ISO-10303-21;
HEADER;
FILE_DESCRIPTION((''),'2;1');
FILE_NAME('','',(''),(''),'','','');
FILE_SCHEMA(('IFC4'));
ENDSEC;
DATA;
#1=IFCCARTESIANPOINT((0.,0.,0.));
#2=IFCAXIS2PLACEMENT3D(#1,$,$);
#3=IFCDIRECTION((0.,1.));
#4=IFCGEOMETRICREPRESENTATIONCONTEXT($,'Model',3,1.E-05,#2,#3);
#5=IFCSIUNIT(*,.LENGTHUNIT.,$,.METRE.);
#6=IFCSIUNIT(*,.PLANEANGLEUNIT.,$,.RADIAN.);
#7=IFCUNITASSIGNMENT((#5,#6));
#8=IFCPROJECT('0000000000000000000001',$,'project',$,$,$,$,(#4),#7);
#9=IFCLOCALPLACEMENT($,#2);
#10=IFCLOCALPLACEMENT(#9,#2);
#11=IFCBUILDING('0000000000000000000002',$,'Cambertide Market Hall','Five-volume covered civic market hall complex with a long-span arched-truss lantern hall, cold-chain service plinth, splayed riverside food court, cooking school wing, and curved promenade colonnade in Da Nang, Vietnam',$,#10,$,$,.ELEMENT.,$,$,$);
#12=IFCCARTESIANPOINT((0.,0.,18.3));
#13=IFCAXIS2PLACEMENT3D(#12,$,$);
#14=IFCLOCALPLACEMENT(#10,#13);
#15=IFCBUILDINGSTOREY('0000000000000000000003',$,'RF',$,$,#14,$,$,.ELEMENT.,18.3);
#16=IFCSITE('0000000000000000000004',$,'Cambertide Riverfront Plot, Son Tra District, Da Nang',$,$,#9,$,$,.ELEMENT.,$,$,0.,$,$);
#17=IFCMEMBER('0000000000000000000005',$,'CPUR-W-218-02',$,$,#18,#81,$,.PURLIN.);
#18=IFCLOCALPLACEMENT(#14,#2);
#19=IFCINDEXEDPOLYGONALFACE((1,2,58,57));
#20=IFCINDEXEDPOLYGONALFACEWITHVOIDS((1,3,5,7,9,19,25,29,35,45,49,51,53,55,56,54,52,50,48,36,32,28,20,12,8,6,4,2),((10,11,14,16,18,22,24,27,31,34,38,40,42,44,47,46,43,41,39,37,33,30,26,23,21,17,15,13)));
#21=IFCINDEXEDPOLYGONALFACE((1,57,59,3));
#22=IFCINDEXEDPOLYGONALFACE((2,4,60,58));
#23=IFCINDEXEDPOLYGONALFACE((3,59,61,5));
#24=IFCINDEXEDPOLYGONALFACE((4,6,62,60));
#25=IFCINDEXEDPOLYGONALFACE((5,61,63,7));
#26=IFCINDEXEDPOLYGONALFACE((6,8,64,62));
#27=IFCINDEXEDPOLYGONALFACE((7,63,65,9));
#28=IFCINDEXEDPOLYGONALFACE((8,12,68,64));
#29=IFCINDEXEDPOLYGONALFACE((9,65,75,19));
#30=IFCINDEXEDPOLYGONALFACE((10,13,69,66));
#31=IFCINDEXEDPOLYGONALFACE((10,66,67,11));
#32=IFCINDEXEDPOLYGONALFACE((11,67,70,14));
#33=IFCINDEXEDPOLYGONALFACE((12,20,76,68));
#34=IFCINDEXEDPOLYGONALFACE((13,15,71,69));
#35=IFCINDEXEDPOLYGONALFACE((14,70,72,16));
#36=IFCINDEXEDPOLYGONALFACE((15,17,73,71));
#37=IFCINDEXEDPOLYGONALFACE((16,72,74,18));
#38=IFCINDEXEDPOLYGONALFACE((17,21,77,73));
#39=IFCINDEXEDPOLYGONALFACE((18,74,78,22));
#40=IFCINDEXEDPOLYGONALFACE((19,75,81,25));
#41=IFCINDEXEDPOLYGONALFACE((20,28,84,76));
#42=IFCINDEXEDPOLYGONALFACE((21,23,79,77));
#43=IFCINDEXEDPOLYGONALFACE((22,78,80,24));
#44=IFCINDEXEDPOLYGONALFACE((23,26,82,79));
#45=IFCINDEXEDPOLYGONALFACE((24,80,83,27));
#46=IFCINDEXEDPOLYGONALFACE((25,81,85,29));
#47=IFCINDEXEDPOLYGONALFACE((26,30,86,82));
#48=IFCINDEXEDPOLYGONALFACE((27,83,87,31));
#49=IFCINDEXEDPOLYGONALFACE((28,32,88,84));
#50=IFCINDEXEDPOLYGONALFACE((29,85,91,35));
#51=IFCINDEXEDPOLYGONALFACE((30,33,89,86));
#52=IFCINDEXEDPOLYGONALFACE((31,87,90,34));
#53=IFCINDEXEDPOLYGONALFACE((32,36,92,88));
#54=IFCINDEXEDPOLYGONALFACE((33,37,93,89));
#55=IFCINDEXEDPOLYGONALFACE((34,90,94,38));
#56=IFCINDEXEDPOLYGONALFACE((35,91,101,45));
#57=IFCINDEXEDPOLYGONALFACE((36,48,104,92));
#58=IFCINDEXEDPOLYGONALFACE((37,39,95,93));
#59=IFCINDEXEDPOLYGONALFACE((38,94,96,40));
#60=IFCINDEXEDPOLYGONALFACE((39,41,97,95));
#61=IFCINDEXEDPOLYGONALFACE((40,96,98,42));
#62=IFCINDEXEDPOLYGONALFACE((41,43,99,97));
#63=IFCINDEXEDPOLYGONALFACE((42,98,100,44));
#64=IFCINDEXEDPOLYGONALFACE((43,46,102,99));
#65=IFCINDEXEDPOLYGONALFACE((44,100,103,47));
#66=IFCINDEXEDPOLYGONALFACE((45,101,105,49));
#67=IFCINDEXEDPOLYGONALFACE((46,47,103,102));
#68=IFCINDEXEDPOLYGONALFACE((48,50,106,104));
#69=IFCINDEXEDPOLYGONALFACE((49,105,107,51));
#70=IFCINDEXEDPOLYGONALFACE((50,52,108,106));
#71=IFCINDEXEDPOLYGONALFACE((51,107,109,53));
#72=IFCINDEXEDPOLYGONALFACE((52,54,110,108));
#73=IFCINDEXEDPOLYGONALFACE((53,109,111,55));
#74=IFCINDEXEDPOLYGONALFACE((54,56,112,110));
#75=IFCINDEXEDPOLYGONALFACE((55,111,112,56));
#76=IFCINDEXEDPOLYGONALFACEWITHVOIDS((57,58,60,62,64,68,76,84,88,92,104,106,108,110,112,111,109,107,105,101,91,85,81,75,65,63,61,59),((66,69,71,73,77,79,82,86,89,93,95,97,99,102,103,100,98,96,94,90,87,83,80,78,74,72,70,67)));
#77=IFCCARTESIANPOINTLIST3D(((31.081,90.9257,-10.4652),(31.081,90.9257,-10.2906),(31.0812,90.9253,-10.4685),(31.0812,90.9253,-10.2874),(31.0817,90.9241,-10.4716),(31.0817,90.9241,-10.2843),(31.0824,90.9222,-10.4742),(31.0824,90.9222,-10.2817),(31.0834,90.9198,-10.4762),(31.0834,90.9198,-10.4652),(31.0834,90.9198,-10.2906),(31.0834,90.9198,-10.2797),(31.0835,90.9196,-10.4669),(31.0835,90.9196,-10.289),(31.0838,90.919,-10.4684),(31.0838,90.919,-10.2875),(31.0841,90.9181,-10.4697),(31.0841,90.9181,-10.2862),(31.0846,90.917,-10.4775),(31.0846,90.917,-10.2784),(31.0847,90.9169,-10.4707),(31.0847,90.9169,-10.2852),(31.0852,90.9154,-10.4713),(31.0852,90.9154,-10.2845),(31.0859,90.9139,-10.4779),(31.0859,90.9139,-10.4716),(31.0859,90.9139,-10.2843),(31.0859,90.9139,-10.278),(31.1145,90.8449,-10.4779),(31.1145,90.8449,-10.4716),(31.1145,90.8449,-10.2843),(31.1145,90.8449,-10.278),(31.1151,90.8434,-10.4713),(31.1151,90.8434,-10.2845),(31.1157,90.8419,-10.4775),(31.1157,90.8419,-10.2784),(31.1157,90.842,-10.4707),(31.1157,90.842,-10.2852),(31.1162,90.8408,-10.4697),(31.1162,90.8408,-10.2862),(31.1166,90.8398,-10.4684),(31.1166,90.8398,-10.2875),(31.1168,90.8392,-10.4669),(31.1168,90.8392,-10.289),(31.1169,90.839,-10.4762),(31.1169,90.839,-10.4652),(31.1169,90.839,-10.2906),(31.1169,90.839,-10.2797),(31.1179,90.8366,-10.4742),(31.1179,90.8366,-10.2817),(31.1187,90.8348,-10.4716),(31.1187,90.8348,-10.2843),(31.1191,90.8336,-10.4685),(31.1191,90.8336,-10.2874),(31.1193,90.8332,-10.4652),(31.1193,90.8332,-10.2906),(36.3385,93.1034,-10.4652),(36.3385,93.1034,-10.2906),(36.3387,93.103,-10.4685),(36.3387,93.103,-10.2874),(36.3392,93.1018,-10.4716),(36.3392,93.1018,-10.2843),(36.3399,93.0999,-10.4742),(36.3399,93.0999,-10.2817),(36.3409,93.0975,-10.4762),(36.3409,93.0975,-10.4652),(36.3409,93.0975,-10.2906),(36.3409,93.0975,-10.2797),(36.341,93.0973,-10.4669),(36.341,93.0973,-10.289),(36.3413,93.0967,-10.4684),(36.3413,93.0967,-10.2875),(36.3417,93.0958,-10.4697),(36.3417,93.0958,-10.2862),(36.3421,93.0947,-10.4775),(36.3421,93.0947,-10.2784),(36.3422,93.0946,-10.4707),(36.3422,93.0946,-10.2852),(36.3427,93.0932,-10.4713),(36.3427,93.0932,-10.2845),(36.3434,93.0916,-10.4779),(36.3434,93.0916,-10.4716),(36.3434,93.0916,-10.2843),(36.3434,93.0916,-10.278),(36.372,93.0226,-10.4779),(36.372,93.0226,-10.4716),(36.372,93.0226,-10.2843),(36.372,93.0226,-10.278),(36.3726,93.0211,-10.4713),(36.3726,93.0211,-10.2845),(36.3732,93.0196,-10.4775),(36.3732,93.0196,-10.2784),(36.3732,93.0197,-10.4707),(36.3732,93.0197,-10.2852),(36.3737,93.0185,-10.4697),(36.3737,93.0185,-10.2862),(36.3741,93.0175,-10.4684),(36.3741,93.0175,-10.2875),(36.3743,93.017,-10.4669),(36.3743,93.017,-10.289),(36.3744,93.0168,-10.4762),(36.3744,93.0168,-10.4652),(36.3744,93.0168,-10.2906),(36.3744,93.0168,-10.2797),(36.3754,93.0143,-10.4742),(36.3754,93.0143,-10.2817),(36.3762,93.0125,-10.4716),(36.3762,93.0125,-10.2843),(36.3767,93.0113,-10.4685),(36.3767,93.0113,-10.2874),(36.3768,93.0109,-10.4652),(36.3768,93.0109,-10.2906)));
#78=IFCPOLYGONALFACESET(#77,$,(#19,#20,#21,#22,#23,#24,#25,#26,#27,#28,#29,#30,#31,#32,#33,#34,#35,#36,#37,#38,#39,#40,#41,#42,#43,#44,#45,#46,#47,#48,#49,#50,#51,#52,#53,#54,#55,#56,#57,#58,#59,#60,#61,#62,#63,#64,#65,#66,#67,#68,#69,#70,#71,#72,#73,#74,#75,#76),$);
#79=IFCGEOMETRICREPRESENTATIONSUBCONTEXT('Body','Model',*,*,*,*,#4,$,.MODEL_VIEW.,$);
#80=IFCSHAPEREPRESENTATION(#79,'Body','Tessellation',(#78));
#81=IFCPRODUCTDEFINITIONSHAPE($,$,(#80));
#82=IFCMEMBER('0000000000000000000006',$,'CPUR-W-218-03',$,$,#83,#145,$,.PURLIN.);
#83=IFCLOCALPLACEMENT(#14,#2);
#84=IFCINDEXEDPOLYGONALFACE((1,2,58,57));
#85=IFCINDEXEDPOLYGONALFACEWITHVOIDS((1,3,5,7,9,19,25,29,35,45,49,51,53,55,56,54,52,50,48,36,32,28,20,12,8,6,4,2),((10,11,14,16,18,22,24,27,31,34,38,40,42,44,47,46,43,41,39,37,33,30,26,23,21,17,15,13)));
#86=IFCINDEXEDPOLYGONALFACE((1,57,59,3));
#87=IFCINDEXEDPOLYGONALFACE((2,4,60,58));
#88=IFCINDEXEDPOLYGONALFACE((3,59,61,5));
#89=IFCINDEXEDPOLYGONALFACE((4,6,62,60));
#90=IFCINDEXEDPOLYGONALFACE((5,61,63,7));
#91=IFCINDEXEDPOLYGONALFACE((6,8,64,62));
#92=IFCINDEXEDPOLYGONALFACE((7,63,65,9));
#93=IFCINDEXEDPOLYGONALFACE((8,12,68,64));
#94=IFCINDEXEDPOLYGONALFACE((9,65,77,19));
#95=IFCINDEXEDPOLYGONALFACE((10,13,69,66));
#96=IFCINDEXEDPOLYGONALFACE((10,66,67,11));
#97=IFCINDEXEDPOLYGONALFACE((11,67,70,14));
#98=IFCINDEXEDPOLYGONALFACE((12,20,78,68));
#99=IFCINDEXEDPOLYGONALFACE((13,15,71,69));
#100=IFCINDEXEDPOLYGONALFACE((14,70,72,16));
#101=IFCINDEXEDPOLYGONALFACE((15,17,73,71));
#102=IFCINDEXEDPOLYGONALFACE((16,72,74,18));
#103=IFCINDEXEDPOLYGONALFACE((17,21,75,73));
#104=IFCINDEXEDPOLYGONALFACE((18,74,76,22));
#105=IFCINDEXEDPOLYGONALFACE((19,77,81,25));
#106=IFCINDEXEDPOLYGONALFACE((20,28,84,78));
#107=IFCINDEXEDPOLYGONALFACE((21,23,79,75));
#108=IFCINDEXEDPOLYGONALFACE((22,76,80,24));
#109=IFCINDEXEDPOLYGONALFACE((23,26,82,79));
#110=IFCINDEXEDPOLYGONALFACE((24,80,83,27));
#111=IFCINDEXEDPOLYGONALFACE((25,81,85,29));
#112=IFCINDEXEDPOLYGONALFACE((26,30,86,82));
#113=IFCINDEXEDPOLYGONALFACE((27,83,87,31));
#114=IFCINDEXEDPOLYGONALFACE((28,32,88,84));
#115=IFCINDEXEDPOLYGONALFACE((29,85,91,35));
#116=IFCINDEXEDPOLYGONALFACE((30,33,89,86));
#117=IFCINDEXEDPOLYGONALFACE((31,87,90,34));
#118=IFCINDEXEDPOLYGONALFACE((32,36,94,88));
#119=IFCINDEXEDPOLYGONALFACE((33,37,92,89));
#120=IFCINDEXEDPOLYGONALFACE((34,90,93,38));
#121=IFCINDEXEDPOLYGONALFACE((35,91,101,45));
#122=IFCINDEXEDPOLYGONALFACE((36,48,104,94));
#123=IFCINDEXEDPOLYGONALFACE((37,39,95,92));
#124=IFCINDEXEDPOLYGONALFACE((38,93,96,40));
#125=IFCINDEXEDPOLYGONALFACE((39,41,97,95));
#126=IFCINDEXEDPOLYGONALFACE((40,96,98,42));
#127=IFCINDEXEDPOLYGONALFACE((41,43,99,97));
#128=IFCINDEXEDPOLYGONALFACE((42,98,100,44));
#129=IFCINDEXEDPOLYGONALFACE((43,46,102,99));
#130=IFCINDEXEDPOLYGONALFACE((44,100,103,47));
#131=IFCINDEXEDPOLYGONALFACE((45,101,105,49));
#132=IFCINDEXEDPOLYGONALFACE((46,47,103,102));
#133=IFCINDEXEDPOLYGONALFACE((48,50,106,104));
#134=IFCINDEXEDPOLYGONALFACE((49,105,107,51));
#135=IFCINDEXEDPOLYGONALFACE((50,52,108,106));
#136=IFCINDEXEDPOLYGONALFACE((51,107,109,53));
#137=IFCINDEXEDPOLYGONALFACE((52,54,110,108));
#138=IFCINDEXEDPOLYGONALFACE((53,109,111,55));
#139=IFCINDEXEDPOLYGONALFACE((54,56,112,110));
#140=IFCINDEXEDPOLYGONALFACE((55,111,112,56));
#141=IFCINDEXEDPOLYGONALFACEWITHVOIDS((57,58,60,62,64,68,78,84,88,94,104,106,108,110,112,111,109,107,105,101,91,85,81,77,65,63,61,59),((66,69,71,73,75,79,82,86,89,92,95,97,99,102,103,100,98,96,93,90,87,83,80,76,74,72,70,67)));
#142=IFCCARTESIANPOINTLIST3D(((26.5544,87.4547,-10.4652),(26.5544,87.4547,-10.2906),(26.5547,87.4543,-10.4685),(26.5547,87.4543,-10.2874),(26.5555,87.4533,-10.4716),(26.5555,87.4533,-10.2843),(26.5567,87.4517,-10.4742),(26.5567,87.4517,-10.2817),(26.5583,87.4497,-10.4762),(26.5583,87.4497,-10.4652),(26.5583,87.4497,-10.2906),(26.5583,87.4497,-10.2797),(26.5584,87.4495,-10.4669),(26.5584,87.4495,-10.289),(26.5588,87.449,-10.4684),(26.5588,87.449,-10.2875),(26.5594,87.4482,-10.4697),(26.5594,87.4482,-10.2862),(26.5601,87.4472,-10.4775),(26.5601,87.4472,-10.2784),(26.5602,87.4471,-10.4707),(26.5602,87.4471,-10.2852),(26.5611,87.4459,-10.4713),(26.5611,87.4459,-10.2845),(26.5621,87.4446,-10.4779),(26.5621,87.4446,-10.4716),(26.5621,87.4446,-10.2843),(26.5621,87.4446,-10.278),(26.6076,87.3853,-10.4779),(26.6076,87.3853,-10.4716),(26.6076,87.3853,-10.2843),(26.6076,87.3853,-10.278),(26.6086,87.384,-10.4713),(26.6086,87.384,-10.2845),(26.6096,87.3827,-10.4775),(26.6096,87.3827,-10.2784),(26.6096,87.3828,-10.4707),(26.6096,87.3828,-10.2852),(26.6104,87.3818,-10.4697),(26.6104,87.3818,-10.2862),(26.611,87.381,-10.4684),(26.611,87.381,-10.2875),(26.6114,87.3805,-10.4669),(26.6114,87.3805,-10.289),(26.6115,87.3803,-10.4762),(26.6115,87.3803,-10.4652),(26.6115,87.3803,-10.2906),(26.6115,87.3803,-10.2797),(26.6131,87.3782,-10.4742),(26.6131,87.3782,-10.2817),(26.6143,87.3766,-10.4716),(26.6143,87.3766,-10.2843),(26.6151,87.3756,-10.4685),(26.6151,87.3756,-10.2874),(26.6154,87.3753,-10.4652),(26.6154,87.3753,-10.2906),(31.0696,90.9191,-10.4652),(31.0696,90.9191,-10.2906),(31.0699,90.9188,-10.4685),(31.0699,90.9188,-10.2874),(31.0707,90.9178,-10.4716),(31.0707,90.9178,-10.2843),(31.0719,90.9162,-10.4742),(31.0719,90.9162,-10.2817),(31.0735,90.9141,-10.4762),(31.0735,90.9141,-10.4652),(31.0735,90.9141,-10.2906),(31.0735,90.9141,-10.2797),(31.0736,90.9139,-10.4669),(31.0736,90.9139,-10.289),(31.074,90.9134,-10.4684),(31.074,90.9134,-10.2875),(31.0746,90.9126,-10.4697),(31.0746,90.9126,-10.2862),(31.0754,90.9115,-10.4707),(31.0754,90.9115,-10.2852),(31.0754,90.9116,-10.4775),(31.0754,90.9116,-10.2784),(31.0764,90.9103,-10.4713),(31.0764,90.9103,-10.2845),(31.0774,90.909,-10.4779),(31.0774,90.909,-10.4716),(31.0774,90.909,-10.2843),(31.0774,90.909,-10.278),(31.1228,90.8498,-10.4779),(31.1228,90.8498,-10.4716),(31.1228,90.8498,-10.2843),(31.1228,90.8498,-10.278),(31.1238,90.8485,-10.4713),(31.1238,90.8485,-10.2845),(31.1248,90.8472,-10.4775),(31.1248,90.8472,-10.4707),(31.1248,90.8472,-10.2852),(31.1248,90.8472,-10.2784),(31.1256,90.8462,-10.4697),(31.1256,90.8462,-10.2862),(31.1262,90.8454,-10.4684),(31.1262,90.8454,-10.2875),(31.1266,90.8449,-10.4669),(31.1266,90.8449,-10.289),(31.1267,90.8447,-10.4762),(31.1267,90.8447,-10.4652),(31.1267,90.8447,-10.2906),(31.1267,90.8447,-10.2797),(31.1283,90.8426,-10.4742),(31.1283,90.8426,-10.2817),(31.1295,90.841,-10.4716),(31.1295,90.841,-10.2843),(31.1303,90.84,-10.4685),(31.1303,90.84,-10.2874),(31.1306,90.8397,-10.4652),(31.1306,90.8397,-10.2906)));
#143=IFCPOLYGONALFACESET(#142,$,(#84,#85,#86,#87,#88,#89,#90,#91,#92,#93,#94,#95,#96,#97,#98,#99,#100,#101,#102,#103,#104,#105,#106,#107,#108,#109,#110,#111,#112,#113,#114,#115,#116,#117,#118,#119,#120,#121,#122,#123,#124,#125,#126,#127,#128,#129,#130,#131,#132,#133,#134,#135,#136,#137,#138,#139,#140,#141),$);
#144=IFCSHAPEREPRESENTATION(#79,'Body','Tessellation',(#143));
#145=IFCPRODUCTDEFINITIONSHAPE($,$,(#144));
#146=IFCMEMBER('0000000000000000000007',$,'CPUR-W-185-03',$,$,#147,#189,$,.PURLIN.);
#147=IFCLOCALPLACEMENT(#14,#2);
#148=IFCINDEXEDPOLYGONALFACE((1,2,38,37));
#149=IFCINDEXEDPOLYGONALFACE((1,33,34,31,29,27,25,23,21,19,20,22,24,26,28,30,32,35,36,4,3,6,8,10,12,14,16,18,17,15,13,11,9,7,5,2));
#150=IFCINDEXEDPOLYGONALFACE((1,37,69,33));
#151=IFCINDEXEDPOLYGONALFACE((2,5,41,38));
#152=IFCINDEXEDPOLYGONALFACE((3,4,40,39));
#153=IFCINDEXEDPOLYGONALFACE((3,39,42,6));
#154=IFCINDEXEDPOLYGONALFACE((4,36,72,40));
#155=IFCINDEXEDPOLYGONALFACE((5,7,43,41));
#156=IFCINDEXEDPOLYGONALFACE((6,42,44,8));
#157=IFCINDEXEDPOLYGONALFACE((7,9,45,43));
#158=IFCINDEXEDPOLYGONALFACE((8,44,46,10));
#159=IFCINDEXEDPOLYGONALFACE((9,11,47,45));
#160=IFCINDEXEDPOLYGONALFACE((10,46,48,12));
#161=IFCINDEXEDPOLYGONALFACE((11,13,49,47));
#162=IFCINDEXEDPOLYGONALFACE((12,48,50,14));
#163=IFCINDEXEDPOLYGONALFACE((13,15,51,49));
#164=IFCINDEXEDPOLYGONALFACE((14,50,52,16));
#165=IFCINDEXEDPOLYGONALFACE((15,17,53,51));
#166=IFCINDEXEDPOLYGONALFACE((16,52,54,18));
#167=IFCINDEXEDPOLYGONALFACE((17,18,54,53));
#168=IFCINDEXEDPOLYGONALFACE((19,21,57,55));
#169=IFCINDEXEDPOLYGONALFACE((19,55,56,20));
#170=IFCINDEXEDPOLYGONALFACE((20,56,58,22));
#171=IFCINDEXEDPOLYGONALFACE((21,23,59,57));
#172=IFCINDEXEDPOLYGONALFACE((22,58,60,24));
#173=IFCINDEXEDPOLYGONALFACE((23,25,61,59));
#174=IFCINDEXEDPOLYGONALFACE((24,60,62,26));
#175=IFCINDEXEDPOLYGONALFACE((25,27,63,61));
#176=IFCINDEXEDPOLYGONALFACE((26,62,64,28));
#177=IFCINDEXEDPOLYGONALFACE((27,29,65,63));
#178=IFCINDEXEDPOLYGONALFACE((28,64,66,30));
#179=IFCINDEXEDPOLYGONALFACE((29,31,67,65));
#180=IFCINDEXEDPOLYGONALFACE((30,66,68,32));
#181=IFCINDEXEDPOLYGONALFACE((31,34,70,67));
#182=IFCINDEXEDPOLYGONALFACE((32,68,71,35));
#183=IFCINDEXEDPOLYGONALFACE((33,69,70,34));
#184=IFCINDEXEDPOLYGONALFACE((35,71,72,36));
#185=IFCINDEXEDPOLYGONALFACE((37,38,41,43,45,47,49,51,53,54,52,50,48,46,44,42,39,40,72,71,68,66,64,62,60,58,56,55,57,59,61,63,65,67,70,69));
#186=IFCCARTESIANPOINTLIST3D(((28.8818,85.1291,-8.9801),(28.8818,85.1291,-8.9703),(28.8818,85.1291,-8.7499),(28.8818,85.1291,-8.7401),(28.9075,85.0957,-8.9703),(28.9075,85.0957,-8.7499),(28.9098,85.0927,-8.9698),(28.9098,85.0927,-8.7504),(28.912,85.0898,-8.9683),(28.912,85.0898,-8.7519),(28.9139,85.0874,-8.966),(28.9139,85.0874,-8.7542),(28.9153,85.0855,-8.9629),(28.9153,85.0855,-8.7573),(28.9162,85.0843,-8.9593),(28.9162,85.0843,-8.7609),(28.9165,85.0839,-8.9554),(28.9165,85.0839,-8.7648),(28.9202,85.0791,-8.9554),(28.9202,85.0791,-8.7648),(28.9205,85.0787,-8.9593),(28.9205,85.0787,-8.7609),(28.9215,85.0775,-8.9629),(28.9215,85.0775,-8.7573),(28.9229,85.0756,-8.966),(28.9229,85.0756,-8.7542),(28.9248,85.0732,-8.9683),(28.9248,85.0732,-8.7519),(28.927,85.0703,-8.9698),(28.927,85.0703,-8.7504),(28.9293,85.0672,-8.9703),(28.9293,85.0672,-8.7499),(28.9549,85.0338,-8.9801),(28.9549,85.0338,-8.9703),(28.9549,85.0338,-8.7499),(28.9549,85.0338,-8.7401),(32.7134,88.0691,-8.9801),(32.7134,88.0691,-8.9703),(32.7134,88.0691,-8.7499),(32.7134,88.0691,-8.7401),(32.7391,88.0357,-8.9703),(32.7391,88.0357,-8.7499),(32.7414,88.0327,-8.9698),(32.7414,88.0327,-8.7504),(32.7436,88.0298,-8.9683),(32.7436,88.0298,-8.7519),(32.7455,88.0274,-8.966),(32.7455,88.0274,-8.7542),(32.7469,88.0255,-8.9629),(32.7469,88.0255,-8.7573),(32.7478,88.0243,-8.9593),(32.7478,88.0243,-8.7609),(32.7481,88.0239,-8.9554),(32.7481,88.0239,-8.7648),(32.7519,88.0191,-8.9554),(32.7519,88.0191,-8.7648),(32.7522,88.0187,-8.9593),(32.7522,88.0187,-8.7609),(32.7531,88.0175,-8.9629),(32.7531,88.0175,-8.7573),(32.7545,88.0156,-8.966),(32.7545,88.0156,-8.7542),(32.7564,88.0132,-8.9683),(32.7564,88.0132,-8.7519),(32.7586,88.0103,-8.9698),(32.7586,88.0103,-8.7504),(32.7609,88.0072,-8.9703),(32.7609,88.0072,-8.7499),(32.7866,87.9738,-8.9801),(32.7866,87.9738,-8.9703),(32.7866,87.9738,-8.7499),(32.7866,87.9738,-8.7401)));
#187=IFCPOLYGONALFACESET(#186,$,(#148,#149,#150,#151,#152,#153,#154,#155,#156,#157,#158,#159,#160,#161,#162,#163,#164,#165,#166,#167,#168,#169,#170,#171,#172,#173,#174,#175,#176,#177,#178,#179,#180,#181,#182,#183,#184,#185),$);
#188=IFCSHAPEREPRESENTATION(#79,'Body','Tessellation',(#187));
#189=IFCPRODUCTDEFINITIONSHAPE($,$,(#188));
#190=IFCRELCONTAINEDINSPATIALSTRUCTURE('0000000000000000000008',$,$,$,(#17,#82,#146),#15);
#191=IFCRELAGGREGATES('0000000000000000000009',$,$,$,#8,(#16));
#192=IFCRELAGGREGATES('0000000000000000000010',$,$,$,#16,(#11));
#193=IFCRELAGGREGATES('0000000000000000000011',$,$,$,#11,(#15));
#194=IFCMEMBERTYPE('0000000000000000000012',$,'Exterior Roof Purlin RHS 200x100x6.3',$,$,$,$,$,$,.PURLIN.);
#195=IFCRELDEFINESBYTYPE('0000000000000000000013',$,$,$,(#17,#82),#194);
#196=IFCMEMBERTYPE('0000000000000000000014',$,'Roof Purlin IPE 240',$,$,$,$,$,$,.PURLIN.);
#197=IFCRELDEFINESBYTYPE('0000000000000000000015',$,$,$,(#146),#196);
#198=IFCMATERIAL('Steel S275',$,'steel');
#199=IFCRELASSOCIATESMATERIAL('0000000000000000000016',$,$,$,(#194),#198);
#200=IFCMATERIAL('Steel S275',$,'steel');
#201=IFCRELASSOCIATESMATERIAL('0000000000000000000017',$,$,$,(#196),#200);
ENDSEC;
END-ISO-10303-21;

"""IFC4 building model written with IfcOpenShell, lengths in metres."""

from ifc_helpers import new_model, si_unit, direction, frame, origin, origin_2d, place, context, subcontext, project, spatial, hollow_rectangle, i_section, extrude, material, material_profile, profile_set, type_object, element, save


model = new_model("IFC4")

# Units and contexts
model_context = context("Model", 3, precision=1e-05, world=origin(), true_north=direction((0.0, 1.0)))
body_context = subcontext(model_context, "Body", "Model", "MODEL_VIEW")
ifc_project = project(units=[si_unit("LENGTHUNIT", "METRE"), si_unit("PLANEANGLEUNIT", "RADIAN")], contexts=[model_context])

# Site, building, storey
site_placement = place(None, origin())
site = spatial("IfcSite", under=ifc_project, at=site_placement, Name="Cambertide Riverfront Plot, Son Tra District, Da Nang", CompositionType="ELEMENT", RefElevation=0.0)
building_placement = place(site_placement, origin())
building = spatial("IfcBuilding", under=site, at=building_placement, Name="Cambertide Market Hall", Description="Five-volume covered civic market hall complex with a long-span arched-truss lantern hall, cold-chain service plinth, splayed riverside food court, cooking school wing, and curved promenade colonnade in Da Nang, Vietnam", CompositionType="ELEMENT")
storey_placement = place(building_placement, frame((0.0, 0.0, 18.3)))
storey = spatial("IfcBuildingStorey", under=building, at=storey_placement, Name="RF", CompositionType="ELEMENT", Elevation=18.3)

# Members
ifc_material_1 = material(Name="Steel S275", Category="steel")
ifc_material_profile_1 = material_profile(ifc_material_1, hollow_rectangle(XDim=0.1001, YDim=0.2, WallThickness=0.0063, InnerFilletRadius=0.0063, OuterFilletRadius=0.0127, at=origin_2d()), Name="RHS 200x100x6.3")
ifc_profile_set_1 = profile_set([ifc_material_profile_1], Name="Steel S275")
member_type_1 = type_object("IfcMemberType", Name="Exterior Roof Purlin RHS 200x100x6.3", PredefinedType="PURLIN", material=ifc_profile_set_1)
member_1_placement = place(storey_placement, frame((36.3577, 93.0571, -10.3779), z_axis=(-0.923881, -0.38268, 0.0), x_axis=(0.38268, -0.923881, 0.0)))
element("IfcMember", 1, at=member_1_placement, inside=storey, type_object=member_type_1, Name="CPUR-W-218-02", PredefinedType="PURLIN", context=body_context, shape_type="SweptSolid", body=[
    extrude(hollow_rectangle(XDim=0.1001, YDim=0.2, WallThickness=0.0063, InnerFilletRadius=0.0063, OuterFilletRadius=0.0127, at=origin_2d()), origin(), (0.0, 0.0, 1.0), 5.6907),
])
member_2_placement = place(storey_placement, frame((31.1001, 90.8794, -10.3779), z_axis=(-0.793373, -0.608736, 0.0), x_axis=(0.608736, -0.793373, 0.0)))
element("IfcMember", 2, at=member_2_placement, inside=storey, type_object=member_type_1, Name="CPUR-W-218-03", PredefinedType="PURLIN", context=body_context, shape_type="SweptSolid", body=[
    extrude(hollow_rectangle(XDim=0.1001, YDim=0.2, WallThickness=0.0063, InnerFilletRadius=0.0063, OuterFilletRadius=0.0127, at=origin_2d()), origin(), (0.0, 0.0, 1.0), 5.6912),
])
ifc_material_2 = material(Name="Steel S275", Category="steel")
ifc_material_profile_2 = material_profile(ifc_material_2, i_section(OverallWidth=0.1201, OverallDepth=0.24, WebThickness=0.0061, FlangeThickness=0.0098, FilletRadius=0.0149, at=origin_2d()), Name="IPE 240")
ifc_profile_set_2 = profile_set([ifc_material_profile_2], Name="Steel S275")
member_type_2 = type_object("IfcMemberType", Name="Roof Purlin IPE 240", PredefinedType="PURLIN", material=ifc_profile_set_2)
member_3_placement = place(storey_placement, frame((32.75, 88.0215, -8.8601), z_axis=(-0.793364, -0.608748, 0.0), x_axis=(0.608748, -0.793364, 0.0)))
element("IfcMember", 3, at=member_3_placement, inside=storey, type_object=member_type_2, Name="CPUR-W-185-03", PredefinedType="PURLIN", context=body_context, shape_type="SweptSolid", body=[
    extrude(i_section(OverallWidth=0.1201, OverallDepth=0.24, WebThickness=0.0061, FlangeThickness=0.0098, FilletRadius=0.0149, at=origin_2d()), origin(), (0.0, 0.0, 1.0), 4.8296),
])

save(model, "model.ifc")
